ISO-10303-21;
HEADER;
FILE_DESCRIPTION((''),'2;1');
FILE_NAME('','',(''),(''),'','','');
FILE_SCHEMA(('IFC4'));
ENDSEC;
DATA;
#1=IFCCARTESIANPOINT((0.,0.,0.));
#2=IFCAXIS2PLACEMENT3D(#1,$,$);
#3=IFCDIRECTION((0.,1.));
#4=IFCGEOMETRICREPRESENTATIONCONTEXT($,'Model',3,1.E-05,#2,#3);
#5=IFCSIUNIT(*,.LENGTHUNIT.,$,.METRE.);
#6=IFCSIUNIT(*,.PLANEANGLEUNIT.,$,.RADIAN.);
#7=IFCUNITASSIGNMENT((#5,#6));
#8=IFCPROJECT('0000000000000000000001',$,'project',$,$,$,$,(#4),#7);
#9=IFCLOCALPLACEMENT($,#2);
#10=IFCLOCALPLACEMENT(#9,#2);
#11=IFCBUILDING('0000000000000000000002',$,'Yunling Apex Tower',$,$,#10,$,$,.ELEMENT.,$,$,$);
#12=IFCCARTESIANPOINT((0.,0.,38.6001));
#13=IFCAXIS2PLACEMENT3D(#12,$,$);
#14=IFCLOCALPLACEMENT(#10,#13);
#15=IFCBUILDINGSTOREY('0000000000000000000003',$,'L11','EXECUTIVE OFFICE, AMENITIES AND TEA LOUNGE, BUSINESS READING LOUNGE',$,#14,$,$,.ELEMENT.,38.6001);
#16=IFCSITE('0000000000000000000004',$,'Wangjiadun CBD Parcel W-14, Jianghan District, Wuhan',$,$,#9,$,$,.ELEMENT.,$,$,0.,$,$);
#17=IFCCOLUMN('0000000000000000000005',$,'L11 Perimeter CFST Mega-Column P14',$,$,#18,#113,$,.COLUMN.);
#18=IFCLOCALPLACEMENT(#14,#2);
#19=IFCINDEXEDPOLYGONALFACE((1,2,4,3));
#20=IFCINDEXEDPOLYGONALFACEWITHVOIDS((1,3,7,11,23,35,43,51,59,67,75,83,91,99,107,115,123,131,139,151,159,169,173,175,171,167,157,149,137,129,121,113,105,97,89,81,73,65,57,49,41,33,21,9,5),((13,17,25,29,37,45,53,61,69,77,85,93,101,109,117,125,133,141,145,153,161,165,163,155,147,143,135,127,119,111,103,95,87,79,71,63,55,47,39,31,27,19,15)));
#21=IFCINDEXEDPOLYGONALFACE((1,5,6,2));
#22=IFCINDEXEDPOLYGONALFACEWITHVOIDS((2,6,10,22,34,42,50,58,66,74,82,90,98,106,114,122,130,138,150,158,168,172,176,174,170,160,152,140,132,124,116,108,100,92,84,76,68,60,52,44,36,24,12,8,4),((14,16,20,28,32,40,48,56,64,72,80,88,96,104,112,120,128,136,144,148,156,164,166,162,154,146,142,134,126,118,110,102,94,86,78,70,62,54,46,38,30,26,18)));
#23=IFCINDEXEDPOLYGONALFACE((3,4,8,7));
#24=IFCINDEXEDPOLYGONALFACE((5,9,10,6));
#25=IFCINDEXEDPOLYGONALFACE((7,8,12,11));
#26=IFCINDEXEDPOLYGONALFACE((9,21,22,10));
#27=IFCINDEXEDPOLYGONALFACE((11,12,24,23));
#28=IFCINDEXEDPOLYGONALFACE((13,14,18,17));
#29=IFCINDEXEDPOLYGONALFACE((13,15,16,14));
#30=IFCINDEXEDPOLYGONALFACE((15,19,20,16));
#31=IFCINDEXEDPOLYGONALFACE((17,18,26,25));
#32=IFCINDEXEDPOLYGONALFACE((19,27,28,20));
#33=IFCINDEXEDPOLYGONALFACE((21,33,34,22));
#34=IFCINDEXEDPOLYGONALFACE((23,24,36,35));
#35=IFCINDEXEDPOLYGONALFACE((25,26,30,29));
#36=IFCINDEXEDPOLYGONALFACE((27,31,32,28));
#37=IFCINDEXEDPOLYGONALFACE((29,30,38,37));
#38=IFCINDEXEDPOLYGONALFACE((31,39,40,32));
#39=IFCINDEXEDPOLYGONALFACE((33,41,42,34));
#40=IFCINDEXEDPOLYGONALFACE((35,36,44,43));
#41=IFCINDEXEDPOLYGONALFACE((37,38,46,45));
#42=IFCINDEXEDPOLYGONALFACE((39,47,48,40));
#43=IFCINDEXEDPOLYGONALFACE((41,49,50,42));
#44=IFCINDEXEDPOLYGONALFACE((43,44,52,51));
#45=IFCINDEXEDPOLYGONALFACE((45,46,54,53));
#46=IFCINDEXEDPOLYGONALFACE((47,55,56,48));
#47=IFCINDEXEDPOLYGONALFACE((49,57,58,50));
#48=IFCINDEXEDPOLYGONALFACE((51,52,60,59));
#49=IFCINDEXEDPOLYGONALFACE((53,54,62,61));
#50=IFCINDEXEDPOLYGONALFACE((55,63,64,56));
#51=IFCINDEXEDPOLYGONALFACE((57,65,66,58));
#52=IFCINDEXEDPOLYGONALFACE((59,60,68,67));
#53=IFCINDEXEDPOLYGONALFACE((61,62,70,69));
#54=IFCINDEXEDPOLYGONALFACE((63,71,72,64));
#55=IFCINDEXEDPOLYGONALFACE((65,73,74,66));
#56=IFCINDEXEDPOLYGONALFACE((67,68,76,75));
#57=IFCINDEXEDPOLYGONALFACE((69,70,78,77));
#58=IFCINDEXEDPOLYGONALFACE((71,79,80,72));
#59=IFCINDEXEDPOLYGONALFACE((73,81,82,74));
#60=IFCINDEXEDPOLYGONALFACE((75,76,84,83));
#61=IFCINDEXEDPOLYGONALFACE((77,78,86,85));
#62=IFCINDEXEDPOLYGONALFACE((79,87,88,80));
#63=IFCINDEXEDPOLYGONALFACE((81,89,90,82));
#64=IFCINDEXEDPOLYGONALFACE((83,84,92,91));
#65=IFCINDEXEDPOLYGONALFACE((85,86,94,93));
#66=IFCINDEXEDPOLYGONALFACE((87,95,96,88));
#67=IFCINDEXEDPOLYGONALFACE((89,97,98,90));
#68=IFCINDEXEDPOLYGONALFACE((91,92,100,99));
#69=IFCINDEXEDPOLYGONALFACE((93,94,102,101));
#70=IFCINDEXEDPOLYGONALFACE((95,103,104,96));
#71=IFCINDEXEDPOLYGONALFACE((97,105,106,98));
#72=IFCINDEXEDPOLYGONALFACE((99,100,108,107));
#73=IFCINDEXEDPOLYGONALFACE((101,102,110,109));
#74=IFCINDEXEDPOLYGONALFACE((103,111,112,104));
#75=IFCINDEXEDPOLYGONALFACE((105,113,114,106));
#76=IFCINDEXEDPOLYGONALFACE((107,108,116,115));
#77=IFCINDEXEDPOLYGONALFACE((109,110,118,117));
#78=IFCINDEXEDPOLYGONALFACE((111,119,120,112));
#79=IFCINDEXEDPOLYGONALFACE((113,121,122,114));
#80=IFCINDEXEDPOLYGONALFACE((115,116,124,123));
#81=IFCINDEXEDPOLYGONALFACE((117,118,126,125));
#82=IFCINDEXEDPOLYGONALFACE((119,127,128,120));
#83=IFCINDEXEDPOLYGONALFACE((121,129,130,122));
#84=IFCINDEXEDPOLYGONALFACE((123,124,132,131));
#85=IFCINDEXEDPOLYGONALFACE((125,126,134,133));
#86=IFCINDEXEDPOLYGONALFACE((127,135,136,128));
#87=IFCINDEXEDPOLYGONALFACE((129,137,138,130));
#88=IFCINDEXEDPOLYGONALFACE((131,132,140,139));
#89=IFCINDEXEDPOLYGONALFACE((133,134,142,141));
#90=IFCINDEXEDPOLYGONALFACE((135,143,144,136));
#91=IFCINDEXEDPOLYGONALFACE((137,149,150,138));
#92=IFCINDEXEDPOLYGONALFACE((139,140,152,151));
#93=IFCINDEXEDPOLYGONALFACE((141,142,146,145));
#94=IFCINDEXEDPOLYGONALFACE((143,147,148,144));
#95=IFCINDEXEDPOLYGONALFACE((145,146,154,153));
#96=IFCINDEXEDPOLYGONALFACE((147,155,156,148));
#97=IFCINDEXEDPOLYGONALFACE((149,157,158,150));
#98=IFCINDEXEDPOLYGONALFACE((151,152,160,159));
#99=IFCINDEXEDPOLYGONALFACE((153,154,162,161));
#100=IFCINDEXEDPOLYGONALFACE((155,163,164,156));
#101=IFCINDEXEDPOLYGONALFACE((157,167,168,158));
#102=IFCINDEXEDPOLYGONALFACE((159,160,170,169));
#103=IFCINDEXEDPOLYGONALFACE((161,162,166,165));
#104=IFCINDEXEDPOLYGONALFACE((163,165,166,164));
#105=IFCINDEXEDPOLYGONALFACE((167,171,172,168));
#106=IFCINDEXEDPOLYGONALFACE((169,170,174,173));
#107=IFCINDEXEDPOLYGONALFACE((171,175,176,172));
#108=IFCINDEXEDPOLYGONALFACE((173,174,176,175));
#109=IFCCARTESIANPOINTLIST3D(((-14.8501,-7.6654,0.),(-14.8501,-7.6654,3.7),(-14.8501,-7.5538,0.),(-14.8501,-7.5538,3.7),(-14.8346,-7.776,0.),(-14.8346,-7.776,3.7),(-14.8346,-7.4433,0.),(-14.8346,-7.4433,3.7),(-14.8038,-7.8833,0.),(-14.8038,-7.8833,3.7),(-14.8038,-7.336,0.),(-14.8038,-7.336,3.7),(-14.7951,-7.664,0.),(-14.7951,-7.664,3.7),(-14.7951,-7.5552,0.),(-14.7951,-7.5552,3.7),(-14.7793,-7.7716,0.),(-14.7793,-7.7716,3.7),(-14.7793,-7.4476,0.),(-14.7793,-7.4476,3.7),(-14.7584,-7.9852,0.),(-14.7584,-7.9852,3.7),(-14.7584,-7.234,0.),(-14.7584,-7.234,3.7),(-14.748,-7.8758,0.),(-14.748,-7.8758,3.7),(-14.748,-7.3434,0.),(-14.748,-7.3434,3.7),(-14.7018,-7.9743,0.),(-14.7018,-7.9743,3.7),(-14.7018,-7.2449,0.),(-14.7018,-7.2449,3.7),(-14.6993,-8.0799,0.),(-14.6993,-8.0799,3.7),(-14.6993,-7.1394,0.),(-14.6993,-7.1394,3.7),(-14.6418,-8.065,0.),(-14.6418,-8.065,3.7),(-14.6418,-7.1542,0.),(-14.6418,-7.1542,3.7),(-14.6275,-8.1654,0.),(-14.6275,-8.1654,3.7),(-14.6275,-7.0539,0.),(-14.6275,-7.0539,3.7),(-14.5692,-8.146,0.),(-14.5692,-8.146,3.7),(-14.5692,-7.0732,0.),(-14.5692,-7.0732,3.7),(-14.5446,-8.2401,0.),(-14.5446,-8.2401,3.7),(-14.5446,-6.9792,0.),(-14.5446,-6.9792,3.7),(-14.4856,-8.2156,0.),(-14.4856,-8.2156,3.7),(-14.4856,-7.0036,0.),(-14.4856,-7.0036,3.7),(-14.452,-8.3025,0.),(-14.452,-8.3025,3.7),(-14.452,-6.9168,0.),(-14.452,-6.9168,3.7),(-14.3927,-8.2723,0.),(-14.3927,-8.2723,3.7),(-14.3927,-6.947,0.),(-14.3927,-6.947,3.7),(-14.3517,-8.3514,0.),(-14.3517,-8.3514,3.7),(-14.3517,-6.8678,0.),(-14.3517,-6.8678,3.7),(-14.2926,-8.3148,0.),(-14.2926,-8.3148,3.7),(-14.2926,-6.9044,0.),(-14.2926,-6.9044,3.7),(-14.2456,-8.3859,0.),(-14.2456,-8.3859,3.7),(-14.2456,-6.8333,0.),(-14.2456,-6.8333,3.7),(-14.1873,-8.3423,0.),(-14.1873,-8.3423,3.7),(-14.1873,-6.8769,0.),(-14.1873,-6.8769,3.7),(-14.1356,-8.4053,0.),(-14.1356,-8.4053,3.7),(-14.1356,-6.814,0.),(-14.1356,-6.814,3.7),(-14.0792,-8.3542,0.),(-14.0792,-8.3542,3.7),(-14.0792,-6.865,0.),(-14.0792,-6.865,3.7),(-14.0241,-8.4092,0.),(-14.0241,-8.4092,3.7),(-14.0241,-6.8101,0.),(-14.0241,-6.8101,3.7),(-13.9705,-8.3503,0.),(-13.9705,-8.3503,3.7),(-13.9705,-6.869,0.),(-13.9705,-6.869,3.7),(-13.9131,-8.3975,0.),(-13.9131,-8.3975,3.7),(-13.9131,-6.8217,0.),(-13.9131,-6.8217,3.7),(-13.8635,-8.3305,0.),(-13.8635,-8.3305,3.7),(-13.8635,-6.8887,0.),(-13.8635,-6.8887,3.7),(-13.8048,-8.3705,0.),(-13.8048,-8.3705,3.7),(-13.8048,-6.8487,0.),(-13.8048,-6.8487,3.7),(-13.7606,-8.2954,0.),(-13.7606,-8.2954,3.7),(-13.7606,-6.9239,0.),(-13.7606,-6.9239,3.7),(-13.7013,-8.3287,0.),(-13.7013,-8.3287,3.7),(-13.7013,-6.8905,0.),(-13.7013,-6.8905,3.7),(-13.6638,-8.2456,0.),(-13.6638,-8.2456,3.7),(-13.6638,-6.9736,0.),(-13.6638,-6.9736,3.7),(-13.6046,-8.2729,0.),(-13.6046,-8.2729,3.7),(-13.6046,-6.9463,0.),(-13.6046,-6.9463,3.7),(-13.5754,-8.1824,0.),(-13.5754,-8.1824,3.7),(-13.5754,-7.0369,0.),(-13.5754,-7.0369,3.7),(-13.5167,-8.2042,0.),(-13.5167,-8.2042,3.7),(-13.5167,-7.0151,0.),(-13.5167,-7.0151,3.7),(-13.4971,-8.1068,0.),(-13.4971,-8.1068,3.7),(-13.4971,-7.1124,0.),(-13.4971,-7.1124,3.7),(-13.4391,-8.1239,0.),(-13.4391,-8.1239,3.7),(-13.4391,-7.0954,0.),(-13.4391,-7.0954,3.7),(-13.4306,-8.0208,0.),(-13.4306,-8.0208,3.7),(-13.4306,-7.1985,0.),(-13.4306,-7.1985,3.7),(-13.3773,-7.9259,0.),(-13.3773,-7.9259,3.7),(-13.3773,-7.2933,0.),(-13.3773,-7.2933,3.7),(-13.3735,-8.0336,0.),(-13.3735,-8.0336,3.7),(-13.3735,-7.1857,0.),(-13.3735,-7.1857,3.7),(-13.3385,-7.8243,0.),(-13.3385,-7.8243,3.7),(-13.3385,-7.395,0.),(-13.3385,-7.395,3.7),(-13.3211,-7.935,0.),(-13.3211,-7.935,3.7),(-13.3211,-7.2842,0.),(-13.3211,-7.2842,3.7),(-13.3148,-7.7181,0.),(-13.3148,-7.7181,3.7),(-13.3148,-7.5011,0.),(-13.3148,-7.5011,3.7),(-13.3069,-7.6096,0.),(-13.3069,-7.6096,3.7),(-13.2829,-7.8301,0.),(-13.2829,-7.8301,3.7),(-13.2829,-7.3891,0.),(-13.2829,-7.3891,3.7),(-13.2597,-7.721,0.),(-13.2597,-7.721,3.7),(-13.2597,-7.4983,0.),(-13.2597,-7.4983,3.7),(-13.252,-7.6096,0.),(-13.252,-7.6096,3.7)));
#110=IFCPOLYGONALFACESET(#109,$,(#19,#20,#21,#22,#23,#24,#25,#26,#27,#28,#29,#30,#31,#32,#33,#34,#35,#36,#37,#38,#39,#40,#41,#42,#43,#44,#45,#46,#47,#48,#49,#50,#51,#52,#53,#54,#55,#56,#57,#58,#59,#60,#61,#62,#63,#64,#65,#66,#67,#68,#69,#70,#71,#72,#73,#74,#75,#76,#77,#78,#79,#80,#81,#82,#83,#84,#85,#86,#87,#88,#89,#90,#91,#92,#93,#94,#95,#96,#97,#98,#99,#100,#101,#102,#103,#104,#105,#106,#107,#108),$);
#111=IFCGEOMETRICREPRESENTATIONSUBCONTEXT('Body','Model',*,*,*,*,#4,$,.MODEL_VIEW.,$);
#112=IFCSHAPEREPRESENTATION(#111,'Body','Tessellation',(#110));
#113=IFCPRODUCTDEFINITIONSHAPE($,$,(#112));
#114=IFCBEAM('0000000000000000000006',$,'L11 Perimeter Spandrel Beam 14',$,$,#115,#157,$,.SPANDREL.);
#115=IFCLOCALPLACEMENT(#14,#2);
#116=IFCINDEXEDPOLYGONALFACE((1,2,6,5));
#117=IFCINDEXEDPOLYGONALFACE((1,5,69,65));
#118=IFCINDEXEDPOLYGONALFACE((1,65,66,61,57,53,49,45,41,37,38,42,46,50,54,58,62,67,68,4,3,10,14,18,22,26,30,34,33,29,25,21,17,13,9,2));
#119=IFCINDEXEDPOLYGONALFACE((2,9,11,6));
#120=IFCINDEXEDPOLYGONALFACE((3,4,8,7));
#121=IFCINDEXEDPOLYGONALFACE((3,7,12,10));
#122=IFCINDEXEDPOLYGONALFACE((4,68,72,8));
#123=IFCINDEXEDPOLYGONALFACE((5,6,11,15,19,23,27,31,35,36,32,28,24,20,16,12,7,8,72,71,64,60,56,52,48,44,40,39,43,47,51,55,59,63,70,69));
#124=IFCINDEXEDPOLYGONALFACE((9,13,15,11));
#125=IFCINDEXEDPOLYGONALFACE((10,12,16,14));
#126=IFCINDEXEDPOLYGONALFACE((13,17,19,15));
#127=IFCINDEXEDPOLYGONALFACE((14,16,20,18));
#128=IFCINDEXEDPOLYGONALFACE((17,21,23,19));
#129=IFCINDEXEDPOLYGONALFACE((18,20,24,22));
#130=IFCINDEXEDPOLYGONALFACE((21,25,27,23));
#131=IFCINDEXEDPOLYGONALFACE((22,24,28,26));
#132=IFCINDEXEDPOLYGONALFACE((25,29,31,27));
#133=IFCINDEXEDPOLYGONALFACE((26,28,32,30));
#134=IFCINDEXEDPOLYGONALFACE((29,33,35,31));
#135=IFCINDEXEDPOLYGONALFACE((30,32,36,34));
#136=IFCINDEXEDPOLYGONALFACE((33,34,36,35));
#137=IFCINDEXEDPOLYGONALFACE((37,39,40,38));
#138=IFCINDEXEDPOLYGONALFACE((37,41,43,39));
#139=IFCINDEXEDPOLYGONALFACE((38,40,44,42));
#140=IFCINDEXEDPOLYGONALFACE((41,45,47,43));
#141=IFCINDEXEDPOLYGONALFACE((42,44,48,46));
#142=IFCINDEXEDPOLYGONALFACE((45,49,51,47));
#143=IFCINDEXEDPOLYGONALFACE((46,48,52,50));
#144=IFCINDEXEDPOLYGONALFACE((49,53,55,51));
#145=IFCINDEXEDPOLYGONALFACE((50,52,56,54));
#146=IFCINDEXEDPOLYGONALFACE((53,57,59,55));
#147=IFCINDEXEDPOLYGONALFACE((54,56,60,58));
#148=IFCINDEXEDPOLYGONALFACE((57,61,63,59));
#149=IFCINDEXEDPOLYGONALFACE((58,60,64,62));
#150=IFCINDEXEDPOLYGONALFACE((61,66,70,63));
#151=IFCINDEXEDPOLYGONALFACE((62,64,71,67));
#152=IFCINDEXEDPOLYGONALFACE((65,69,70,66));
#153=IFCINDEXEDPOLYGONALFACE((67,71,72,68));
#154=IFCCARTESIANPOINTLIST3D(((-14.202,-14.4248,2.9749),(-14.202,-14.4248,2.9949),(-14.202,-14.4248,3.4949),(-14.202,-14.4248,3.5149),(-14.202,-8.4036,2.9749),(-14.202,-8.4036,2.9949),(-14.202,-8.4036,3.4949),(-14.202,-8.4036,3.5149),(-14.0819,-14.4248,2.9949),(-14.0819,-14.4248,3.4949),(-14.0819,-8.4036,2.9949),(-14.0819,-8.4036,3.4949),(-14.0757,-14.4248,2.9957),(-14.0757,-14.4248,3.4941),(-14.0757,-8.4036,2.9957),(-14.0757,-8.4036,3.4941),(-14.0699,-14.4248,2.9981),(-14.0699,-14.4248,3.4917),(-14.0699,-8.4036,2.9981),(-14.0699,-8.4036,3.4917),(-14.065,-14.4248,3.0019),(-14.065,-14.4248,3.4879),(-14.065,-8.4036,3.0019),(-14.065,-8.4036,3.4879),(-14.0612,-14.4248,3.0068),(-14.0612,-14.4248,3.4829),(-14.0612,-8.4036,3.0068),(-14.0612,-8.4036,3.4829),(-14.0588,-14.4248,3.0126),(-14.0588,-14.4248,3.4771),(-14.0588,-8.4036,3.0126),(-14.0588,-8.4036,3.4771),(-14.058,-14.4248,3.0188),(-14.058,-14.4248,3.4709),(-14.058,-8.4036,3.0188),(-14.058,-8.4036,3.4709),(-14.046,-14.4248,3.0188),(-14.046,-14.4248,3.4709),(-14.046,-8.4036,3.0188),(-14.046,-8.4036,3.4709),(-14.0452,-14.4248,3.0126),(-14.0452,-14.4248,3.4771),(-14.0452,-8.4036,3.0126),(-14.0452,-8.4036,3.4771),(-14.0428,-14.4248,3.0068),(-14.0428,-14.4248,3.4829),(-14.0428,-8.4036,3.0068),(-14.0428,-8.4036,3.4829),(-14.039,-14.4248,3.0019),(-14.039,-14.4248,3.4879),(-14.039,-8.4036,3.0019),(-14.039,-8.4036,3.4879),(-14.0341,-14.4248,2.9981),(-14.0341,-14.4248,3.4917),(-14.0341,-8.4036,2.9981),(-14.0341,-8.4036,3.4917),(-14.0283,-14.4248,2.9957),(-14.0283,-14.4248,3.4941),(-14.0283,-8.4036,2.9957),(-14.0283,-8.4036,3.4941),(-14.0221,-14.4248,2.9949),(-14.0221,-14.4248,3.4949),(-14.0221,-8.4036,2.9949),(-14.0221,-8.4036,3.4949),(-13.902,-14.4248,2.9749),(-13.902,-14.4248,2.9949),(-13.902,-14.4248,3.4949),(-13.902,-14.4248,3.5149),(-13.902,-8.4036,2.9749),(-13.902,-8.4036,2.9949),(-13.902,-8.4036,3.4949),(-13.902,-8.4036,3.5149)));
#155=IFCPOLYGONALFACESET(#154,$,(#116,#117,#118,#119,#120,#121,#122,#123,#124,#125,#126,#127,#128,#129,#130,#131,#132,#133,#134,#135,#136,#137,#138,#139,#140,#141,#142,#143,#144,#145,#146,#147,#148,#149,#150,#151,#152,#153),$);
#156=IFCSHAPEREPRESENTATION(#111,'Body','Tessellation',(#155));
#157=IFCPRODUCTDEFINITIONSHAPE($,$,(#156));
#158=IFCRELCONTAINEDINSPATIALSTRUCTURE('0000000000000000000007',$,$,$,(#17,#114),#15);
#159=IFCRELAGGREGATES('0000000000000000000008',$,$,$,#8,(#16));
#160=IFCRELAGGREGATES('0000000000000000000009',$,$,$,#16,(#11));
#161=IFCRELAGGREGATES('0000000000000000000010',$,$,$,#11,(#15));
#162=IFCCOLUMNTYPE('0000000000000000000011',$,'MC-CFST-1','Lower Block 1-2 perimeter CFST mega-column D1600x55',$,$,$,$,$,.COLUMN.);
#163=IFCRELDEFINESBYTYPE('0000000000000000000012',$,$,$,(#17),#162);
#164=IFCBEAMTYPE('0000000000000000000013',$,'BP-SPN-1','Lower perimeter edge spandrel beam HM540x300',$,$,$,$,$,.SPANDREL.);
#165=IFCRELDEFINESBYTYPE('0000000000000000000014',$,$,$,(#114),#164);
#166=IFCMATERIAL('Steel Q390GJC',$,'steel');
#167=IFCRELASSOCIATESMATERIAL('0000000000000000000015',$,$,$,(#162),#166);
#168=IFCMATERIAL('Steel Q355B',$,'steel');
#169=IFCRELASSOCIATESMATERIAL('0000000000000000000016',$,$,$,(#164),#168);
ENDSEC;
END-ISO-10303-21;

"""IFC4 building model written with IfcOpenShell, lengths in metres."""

from ifc_helpers import new_model, si_unit, direction, frame, origin, origin_2d, place, context, subcontext, project, spatial, hollow_circle, i_section, extrude, source, transform, mapped, material, material_profile, profile_set, type_object, element, save


model = new_model("IFC4")

# Units and contexts
model_context = context("Model", 3, precision=1e-05, world=origin(), true_north=direction((0.0, 1.0)))
body_context = subcontext(model_context, "Body", "Model", "MODEL_VIEW")
ifc_project = project(units=[si_unit("LENGTHUNIT", "METRE"), si_unit("PLANEANGLEUNIT", "RADIAN")], contexts=[model_context])

# Site, building, storey
site_placement = place(None, origin())
site = spatial("IfcSite", under=ifc_project, at=site_placement, Name="Wangjiadun CBD Parcel W-14, Jianghan District, Wuhan", CompositionType="ELEMENT", RefElevation=0.0)
building_placement = place(site_placement, origin())
building = spatial("IfcBuilding", under=site, at=building_placement, Name="Yunling Apex Tower", CompositionType="ELEMENT")
storey_placement = place(building_placement, frame((0.0, 0.0, 38.6001)))
storey = spatial("IfcBuildingStorey", under=building, at=storey_placement, Name="L11", Description="EXECUTIVE OFFICE, AMENITIES AND TEA LOUNGE, BUSINESS READING LOUNGE", CompositionType="ELEMENT", Elevation=38.6001)

# Column
ifc_material_1 = material(Name="Steel Q390GJC", Category="steel")
ifc_material_profile_1 = material_profile(ifc_material_1, hollow_circle(Radius=0.8, WallThickness=0.0549, at=origin_2d()))
ifc_profile_set_1 = profile_set([ifc_material_profile_1], Name="Steel Q390GJC")
column_type = type_object("IfcColumnType", Name="MC-CFST-1", Description="Lower Block 1-2 perimeter CFST mega-column D1600x55", PredefinedType="COLUMN", material=ifc_profile_set_1)
shared_shape_1 = source(origin(), body_context, "Body", "SweptSolid", [
    extrude(hollow_circle(Radius=0.8, WallThickness=0.0549, at=origin_2d()), origin(), (0.0, 0.0, 1.0), 3.7),
])
column_placement = place(storey_placement, frame((-14.052, -7.6096, 0.0), z_axis=(0.0, 0.0, 1.0), x_axis=(1.0, 0.0, 0.0)))
element("IfcColumn", 1, at=column_placement, inside=storey, type_object=column_type, Name="L11 Perimeter CFST Mega-Column P14", PredefinedType="COLUMN", context=body_context, shape_type="MappedRepresentation", body=[
    mapped(shared_shape_1, transform((0.0, 0.0, 0.0), scale=1.0)),
])

# Beam
ifc_material_2 = material(Name="Steel Q355B", Category="steel")
ifc_material_profile_2 = material_profile(ifc_material_2, i_section(OverallWidth=0.3, OverallDepth=0.54, WebThickness=0.012, FlangeThickness=0.02, FilletRadius=0.0239, at=origin_2d()))
ifc_profile_set_2 = profile_set([ifc_material_profile_2], Name="Steel Q355B")
beam_type_1 = type_object("IfcBeamType", Name="BP-SPN-1", Description="Lower perimeter edge spandrel beam HM540x300", PredefinedType="SPANDREL", material=ifc_profile_set_2)
shared_shape_2 = source(origin(), body_context, "Body", "SweptSolid", [
    extrude(i_section(OverallWidth=0.3, OverallDepth=0.54, WebThickness=0.012, FlangeThickness=0.02, FilletRadius=0.0239, at=origin_2d()), origin(), (0.0, 0.0, 1.0), 6.0212),
])
beam_1_placement = place(storey_placement, frame((-14.052, -8.4036, 3.2449), z_axis=(0.0, -1.0, 0.0), x_axis=(1.0, 0.0, 0.0)))
element("IfcBeam", 2, at=beam_1_placement, inside=storey, type_object=beam_type_1, Name="L11 Perimeter Spandrel Beam 14", PredefinedType="SPANDREL", context=body_context, shape_type="MappedRepresentation", body=[
    mapped(shared_shape_2, transform((0.0, 0.0, 0.0), scale=1.0)),
])

save(model, "model.ifc")
